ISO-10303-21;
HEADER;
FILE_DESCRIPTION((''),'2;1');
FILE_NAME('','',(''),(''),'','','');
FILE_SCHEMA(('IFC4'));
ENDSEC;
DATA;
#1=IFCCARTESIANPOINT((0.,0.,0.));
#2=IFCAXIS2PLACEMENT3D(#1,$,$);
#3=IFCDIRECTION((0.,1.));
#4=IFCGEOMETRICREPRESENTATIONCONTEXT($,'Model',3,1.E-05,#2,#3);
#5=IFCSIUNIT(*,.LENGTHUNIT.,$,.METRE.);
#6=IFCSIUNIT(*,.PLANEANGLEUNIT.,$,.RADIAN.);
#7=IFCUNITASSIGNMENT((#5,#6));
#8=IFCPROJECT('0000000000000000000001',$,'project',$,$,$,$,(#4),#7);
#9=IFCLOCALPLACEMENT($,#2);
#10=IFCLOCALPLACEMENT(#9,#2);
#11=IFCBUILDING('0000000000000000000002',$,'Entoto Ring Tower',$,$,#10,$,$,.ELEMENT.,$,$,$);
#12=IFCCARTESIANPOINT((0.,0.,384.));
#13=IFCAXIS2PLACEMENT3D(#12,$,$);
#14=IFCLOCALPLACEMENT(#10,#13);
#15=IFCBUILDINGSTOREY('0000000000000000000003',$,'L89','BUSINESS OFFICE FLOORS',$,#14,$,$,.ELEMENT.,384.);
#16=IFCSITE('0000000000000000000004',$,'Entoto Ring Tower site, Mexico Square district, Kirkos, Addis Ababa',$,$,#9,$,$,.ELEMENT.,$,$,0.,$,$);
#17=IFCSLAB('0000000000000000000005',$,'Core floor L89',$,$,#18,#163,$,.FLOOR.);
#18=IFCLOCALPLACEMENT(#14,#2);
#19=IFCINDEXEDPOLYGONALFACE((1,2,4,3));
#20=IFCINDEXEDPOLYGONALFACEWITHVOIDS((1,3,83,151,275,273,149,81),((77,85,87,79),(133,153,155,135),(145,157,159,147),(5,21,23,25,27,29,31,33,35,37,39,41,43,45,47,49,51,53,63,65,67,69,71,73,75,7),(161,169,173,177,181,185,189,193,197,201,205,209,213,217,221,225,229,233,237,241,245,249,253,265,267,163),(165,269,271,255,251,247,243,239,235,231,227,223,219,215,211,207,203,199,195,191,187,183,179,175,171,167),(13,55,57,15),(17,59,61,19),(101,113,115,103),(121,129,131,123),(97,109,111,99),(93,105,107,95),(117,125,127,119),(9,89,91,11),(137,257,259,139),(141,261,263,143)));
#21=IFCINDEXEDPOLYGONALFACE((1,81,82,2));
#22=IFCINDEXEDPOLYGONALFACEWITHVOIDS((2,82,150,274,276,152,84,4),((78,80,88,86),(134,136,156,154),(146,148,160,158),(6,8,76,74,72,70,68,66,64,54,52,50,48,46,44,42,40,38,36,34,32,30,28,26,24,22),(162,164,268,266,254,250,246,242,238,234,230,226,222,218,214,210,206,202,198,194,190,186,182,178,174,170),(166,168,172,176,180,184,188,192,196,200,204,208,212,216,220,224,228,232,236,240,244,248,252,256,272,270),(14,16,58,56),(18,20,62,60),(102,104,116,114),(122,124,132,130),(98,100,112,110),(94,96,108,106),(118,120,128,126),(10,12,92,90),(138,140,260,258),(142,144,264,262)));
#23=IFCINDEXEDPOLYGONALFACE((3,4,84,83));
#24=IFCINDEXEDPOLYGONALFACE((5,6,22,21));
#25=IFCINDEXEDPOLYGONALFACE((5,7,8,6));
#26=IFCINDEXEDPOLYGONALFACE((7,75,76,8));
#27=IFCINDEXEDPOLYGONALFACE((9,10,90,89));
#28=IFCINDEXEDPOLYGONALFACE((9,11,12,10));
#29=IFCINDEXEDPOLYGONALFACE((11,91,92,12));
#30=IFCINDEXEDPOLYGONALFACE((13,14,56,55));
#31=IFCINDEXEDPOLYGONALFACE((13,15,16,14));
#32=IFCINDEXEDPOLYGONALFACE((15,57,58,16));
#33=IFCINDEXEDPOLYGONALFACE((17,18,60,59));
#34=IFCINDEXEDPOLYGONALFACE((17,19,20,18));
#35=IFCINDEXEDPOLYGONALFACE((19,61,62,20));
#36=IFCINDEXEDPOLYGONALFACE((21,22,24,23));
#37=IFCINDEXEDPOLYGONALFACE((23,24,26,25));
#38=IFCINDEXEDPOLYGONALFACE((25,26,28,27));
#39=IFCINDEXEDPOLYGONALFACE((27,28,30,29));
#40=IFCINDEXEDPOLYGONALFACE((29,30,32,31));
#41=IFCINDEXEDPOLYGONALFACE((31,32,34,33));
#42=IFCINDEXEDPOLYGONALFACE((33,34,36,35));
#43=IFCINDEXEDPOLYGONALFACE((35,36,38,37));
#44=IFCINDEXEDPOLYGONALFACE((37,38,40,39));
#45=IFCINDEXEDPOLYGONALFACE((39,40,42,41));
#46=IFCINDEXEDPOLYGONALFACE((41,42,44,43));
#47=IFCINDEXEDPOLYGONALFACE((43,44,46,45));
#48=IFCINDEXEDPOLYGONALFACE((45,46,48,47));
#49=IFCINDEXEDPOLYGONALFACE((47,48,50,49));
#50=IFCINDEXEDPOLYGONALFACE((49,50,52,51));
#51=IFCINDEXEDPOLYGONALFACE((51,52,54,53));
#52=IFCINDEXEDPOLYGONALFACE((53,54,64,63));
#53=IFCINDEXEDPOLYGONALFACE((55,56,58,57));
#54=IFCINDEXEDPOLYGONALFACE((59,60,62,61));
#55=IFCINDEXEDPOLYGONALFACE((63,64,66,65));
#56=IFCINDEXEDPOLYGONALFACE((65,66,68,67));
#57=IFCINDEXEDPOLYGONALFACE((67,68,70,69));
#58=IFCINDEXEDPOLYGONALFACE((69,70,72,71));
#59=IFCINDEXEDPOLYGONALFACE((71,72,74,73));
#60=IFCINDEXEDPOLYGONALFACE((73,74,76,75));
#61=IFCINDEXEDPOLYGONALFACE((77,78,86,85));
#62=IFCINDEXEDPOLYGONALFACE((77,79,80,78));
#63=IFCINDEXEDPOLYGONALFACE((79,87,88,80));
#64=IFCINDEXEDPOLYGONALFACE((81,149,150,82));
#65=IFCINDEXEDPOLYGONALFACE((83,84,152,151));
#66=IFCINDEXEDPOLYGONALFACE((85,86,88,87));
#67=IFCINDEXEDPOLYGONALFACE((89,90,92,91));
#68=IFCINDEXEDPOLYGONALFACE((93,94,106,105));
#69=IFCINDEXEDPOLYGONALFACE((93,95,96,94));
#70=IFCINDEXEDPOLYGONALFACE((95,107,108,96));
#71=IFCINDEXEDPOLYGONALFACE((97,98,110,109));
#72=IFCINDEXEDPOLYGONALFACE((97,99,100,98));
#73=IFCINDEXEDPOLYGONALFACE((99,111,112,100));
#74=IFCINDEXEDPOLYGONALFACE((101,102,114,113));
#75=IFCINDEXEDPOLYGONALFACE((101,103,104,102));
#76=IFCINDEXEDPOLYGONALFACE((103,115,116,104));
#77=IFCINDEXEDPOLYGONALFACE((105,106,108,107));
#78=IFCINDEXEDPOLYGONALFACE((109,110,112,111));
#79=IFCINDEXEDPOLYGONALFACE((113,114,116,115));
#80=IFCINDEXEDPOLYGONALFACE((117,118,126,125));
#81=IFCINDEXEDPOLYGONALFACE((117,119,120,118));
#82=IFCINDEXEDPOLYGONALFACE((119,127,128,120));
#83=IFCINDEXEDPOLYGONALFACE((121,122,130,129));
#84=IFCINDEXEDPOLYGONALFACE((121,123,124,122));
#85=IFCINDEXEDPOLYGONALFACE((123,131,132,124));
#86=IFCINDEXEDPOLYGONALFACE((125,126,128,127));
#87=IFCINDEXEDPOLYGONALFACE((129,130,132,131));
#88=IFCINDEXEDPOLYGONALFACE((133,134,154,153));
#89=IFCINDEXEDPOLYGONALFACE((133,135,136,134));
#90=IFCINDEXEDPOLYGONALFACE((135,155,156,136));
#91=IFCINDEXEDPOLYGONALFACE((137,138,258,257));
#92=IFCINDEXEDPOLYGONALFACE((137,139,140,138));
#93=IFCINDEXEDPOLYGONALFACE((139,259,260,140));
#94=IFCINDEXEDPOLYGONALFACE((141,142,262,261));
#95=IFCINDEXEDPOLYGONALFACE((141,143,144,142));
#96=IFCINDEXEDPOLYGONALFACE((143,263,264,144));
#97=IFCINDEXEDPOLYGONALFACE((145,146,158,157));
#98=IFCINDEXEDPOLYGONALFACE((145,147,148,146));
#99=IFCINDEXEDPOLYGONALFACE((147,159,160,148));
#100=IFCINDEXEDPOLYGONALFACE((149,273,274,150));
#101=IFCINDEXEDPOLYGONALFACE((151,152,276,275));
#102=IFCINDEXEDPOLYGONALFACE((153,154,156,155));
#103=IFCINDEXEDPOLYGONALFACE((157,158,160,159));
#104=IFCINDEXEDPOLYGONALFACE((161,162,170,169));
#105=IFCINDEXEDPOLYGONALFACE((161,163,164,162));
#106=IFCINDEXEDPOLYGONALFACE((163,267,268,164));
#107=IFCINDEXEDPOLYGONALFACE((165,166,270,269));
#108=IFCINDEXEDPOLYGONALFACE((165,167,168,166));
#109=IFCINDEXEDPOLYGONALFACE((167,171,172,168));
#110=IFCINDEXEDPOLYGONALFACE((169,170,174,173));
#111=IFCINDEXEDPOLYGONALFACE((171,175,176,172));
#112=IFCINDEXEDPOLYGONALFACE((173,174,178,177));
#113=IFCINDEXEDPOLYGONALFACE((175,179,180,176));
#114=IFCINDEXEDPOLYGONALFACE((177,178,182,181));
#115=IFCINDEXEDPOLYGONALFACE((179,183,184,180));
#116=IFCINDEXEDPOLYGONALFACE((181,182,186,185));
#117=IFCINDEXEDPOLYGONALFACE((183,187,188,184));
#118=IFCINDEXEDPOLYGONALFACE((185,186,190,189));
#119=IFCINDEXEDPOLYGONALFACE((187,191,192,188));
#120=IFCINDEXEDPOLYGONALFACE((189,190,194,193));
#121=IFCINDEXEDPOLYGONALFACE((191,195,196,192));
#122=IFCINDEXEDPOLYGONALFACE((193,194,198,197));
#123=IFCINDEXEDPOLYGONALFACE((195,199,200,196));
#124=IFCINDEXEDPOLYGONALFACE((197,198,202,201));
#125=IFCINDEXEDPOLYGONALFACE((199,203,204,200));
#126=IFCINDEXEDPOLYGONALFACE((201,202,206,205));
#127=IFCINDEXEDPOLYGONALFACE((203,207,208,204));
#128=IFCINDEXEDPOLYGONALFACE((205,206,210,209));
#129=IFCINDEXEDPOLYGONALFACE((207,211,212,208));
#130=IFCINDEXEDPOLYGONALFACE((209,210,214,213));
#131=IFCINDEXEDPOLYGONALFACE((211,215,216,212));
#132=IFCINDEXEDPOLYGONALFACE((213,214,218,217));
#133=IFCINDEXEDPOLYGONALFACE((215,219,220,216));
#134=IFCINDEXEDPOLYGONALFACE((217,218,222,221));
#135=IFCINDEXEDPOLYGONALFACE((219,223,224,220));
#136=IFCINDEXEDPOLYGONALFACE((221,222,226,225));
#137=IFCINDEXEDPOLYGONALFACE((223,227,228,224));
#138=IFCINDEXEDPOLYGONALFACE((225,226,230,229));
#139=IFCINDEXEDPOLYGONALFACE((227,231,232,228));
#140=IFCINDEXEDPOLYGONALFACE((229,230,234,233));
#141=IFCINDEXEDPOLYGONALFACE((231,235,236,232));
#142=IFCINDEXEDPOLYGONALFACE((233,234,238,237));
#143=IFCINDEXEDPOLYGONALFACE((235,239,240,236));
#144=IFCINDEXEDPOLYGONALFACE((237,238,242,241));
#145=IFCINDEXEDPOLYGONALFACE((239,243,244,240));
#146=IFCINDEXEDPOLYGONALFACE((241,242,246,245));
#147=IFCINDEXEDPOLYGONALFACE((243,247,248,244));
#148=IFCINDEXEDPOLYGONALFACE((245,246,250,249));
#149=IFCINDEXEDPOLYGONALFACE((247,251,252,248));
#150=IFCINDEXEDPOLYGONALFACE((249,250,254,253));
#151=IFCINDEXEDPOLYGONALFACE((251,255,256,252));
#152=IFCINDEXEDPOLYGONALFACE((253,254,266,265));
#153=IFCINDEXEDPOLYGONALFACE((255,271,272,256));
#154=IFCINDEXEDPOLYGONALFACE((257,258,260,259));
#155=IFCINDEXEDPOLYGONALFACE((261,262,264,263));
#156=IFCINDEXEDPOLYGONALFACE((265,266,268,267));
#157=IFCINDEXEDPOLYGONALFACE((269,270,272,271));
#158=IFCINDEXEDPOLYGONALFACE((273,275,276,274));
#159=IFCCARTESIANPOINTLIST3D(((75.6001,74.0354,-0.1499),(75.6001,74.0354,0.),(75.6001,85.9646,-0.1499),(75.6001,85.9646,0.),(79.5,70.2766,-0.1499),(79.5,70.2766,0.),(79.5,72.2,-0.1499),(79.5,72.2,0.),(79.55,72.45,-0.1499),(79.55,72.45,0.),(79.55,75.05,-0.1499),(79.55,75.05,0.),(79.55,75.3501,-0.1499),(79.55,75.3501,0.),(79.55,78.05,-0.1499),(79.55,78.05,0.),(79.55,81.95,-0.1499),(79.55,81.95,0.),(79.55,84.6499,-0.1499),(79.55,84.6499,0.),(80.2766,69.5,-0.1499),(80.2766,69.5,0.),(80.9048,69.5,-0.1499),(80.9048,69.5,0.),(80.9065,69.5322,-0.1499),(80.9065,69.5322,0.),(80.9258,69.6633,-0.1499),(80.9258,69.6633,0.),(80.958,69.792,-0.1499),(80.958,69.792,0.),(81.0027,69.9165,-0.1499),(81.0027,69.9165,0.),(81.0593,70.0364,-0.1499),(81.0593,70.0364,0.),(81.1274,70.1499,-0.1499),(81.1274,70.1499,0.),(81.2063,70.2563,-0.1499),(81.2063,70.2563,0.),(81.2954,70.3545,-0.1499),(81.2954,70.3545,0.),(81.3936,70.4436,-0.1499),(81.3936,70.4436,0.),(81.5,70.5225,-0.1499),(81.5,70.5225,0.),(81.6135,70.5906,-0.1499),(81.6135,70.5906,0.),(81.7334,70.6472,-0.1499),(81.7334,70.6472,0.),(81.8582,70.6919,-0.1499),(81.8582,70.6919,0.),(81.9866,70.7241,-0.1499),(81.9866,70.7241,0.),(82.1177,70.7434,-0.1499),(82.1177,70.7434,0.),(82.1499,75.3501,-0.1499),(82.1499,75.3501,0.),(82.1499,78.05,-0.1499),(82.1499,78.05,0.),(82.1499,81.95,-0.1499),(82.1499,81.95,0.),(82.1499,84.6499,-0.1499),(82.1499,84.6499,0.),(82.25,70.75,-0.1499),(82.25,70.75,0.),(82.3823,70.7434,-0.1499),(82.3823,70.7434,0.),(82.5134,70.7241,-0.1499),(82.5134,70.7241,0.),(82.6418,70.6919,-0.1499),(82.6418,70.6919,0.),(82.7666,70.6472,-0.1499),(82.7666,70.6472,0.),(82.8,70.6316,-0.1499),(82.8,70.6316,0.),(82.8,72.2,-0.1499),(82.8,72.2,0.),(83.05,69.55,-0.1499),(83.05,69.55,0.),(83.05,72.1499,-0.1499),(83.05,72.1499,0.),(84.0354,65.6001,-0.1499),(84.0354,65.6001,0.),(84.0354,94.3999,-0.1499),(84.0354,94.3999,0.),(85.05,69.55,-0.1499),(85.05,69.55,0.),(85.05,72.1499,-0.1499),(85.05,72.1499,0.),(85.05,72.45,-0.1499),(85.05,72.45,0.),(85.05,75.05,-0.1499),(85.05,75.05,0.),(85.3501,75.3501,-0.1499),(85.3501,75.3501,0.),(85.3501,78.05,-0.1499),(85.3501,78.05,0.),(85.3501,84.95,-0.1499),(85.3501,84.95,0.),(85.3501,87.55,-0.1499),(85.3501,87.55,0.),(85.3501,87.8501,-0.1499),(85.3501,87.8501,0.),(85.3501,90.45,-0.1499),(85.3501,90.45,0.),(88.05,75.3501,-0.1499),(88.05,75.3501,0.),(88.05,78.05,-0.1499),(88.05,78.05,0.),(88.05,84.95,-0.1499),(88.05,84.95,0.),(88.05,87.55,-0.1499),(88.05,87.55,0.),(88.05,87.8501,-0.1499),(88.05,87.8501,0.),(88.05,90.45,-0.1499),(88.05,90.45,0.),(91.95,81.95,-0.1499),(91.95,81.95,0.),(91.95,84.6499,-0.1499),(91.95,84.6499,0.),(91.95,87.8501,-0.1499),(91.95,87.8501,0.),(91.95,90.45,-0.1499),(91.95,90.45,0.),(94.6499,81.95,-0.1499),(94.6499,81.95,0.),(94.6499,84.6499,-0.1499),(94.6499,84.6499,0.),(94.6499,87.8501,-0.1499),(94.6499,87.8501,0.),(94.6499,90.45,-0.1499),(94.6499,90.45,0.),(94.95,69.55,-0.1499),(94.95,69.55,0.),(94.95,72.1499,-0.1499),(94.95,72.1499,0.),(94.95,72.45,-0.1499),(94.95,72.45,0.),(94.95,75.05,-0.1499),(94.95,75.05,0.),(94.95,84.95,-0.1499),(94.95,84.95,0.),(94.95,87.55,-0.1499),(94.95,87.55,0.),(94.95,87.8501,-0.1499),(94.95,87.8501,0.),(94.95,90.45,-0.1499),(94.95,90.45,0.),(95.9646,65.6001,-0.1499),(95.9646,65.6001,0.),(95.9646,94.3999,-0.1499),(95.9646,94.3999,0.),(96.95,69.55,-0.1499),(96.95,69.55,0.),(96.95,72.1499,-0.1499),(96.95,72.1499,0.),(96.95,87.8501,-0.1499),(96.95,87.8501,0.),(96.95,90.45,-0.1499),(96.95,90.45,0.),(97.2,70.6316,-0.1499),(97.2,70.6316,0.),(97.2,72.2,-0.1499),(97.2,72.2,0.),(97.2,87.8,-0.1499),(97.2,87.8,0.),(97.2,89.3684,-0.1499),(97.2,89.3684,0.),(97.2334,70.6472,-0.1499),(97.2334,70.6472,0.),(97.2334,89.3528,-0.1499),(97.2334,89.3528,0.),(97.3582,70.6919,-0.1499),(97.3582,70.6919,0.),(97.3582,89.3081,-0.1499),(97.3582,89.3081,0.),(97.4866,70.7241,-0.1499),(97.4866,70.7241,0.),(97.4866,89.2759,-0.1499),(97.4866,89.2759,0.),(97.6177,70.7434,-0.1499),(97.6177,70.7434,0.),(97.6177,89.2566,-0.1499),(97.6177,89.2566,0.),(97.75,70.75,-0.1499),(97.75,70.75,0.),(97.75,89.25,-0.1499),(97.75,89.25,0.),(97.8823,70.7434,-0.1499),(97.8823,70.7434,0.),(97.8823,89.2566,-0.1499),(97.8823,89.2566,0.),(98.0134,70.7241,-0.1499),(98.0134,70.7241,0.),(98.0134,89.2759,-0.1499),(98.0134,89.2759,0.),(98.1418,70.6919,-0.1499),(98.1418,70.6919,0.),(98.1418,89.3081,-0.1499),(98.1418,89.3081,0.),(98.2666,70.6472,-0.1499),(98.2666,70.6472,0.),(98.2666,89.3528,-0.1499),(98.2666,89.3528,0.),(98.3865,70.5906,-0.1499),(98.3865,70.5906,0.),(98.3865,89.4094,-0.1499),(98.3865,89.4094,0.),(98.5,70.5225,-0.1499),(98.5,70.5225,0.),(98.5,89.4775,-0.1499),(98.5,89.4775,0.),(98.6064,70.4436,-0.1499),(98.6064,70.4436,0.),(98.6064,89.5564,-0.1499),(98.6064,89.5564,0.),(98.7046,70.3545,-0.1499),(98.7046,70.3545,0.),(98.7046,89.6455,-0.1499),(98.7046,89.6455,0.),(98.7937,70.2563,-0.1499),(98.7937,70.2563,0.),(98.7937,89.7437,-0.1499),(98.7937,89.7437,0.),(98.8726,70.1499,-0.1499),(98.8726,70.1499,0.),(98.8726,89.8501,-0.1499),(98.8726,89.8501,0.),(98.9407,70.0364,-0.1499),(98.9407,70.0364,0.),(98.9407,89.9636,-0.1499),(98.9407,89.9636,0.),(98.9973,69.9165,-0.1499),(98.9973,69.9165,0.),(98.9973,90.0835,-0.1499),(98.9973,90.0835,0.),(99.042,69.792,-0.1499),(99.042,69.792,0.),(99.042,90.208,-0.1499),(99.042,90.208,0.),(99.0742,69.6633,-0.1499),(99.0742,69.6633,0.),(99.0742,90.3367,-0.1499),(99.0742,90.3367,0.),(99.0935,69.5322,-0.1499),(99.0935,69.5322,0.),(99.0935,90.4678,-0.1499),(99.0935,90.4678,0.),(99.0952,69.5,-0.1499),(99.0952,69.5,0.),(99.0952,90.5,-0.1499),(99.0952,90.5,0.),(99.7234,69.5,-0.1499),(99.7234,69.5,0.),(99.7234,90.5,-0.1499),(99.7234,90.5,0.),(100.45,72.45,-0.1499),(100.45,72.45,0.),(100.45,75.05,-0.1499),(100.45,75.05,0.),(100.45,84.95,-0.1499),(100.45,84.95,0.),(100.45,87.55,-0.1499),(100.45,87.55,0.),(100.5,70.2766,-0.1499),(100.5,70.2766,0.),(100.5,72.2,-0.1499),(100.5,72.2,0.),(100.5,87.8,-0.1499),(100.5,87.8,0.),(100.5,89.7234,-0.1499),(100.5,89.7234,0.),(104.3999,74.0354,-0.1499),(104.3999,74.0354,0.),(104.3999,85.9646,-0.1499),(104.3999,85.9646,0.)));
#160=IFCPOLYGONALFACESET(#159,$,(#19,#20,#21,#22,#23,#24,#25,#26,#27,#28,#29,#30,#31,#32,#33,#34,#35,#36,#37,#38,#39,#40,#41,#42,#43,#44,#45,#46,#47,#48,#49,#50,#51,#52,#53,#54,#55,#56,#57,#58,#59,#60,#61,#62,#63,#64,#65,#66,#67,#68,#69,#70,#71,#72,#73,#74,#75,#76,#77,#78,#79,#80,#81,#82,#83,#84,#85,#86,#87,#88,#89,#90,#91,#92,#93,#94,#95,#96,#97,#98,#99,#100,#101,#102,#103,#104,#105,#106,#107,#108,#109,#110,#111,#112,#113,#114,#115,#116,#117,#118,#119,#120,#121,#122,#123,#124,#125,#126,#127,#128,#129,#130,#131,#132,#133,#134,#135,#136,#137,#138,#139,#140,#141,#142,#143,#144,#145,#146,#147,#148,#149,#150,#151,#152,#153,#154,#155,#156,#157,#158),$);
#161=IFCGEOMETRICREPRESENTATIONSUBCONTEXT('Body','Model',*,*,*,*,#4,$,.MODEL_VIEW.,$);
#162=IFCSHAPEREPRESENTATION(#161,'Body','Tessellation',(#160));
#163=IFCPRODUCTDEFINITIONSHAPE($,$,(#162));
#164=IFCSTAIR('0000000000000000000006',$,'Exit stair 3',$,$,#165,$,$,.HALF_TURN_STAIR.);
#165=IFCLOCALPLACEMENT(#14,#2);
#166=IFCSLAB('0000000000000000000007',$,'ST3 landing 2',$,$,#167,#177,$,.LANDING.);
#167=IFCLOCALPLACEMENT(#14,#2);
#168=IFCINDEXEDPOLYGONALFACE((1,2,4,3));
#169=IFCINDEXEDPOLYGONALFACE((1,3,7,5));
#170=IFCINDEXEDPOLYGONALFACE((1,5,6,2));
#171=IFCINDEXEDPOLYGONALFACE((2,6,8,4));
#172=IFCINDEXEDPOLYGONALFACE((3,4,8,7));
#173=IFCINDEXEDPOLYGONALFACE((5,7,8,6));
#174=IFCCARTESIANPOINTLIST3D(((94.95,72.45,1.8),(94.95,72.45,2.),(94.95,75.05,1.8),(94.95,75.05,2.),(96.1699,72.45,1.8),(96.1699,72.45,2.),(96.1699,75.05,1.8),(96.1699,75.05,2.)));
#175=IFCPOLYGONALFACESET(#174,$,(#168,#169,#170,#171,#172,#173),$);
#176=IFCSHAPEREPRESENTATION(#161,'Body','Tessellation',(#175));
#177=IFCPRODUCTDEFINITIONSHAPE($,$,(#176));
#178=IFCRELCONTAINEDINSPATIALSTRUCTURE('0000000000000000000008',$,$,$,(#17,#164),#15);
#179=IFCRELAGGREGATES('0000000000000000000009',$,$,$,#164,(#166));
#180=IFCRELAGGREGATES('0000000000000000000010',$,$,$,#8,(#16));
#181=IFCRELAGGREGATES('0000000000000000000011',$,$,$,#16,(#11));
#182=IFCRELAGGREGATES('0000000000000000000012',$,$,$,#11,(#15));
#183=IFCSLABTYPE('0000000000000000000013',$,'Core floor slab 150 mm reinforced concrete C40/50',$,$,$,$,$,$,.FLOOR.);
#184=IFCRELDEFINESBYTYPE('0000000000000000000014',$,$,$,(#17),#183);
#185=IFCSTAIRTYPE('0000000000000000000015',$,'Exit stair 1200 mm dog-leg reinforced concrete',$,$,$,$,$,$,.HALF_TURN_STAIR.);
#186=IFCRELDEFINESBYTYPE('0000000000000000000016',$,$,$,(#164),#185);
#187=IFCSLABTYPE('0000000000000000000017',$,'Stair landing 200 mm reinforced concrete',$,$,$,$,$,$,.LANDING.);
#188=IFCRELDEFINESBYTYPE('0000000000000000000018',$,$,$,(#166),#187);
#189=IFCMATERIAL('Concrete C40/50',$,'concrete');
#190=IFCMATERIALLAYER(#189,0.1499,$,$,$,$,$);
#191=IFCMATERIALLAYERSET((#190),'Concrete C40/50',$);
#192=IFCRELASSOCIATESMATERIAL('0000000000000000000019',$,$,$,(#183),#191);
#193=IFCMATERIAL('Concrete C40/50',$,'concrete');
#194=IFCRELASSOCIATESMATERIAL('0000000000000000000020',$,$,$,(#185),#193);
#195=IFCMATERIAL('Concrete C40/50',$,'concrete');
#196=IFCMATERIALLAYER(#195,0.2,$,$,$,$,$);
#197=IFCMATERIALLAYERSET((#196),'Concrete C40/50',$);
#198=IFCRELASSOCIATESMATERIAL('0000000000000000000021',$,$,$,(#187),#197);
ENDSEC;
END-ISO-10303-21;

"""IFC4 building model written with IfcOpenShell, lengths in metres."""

from ifc_helpers import new_model, si_unit, direction, frame, origin, place, context, subcontext, project, spatial, polyline, outline, extrude, material, layer, layer_set, type_object, element, aggregate, save


model = new_model("IFC4")

# Units and contexts
model_context = context("Model", 3, precision=1e-05, world=origin(), true_north=direction((0.0, 1.0)))
body_context = subcontext(model_context, "Body", "Model", "MODEL_VIEW")
ifc_project = project(units=[si_unit("LENGTHUNIT", "METRE"), si_unit("PLANEANGLEUNIT", "RADIAN")], contexts=[model_context])

# Site, building, storey
site_placement = place(None, origin())
site = spatial("IfcSite", under=ifc_project, at=site_placement, Name="Entoto Ring Tower site, Mexico Square district, Kirkos, Addis Ababa", CompositionType="ELEMENT", RefElevation=0.0)
building_placement = place(site_placement, origin())
building = spatial("IfcBuilding", under=site, at=building_placement, Name="Entoto Ring Tower", CompositionType="ELEMENT")
storey_placement = place(building_placement, frame((0.0, 0.0, 384.0)))
storey = spatial("IfcBuildingStorey", under=building, at=storey_placement, Name="L89", Description="BUSINESS OFFICE FLOORS", CompositionType="ELEMENT", Elevation=384.0)

# Slab
ifc_material_1 = material(Name="Concrete C40/50", Category="concrete")
ifc_layer_1 = layer(ifc_material_1, 0.1499)
ifc_layer_set_1 = layer_set([ifc_layer_1], Name="Concrete C40/50")
slab_type_1 = type_object("IfcSlabType", Name="Core floor slab 150 mm reinforced concrete C40/50", PredefinedType="FLOOR", material=ifc_layer_set_1)
slab_1_placement = place(storey_placement, frame((0.0, 0.0, -0.1499)))
element("IfcSlab", 1, at=slab_1_placement, inside=storey, type_object=slab_type_1, Name="Core floor L89", PredefinedType="FLOOR", context=body_context, shape_type="SweptSolid", body=[
    extrude(outline(polyline([(104.3999, 74.0354), (104.3999, 85.9646), (95.9646, 94.3999), (84.0354, 94.3999), (75.6001, 85.9646), (75.6001, 74.0354), (84.0354, 65.6001), (95.9646, 65.6001), (104.3999, 74.0354)]), holes=[polyline([(100.45, 84.95), (100.45, 87.55), (94.95, 87.55), (94.95, 84.95), (100.45, 84.95)]), polyline([(85.05, 72.45), (85.05, 75.05), (79.55, 75.05), (79.55, 72.45), (85.05, 72.45)]), polyline([(100.45, 72.45), (100.45, 75.05), (94.95, 75.05), (94.95, 72.45), (100.45, 72.45)]), polyline([(94.95, 90.45), (94.95, 87.8501), (96.95, 87.8501), (96.95, 90.45), (94.95, 90.45)]), polyline([(94.95, 72.1499), (94.95, 69.55), (96.95, 69.55), (96.95, 72.1499), (94.95, 72.1499)]), polyline([(83.05, 72.1499), (83.05, 69.55), (85.05, 69.55), (85.05, 72.1499), (83.05, 72.1499)]), polyline([(79.55, 81.95), (82.1499, 81.95), (82.1499, 84.6499), (79.55, 84.6499), (79.55, 81.95)]), polyline([(79.55, 75.3501), (82.1499, 75.3501), (82.1499, 78.05), (79.55, 78.05), (79.55, 75.3501)]), polyline([(91.95, 87.8501), (94.6499, 87.8501), (94.6499, 90.45), (91.95, 90.45), (91.95, 87.8501)]), polyline([(91.95, 81.95), (94.6499, 81.95), (94.6499, 84.6499), (91.95, 84.6499), (91.95, 81.95)]), polyline([(85.3501, 75.3501), (88.05, 75.3501), (88.05, 78.05), (85.3501, 78.05), (85.3501, 75.3501)]), polyline([(85.3501, 84.95), (88.05, 84.95), (88.05, 87.55), (85.3501, 87.55), (85.3501, 84.95)]), polyline([(85.3501, 87.8501), (88.05, 87.8501), (88.05, 90.45), (85.3501, 90.45), (85.3501, 87.8501)]), polyline([(97.2, 89.3684), (97.2, 87.8), (100.5, 87.8), (100.5, 89.7234), (99.7234, 90.5), (99.0952, 90.5), (99.0935, 90.4678), (99.0742, 90.3367), (99.042, 90.208), (98.9973, 90.0835), (98.9407, 89.9636), (98.8726, 89.8501), (98.7937, 89.7437), (98.7046, 89.6455), (98.6064, 89.5564), (98.5, 89.4775), (98.3865, 89.4094), (98.2666, 89.3528), (98.1418, 89.3081), (98.0134, 89.2759), (97.8823, 89.2566), (97.75, 89.25), (97.6177, 89.2566), (97.4866, 89.2759), (97.3582, 89.3081), (97.2334, 89.3528), (97.2, 89.3684)]), polyline([(80.2766, 69.5), (80.9048, 69.5), (80.9065, 69.5322), (80.9258, 69.6633), (80.958, 69.792), (81.0027, 69.9165), (81.0593, 70.0364), (81.1274, 70.1499), (81.2063, 70.2563), (81.2954, 70.3545), (81.3936, 70.4436), (81.5, 70.5225), (81.6135, 70.5906), (81.7334, 70.6472), (81.8582, 70.6919), (81.9866, 70.7241), (82.1177, 70.7434), (82.25, 70.75), (82.3823, 70.7434), (82.5134, 70.7241), (82.6418, 70.6919), (82.7666, 70.6472), (82.8, 70.6316), (82.8, 72.2), (79.5, 72.2), (79.5, 70.2766), (80.2766, 69.5)]), polyline([(99.0952, 69.5), (99.7234, 69.5), (100.5, 70.2766), (100.5, 72.2), (97.2, 72.2), (97.2, 70.6316), (97.2334, 70.6472), (97.3582, 70.6919), (97.4866, 70.7241), (97.6177, 70.7434), (97.75, 70.75), (97.8823, 70.7434), (98.0134, 70.7241), (98.1418, 70.6919), (98.2666, 70.6472), (98.3865, 70.5906), (98.5, 70.5225), (98.6064, 70.4436), (98.7046, 70.3545), (98.7937, 70.2563), (98.8726, 70.1499), (98.9407, 70.0364), (98.9973, 69.9165), (99.042, 69.792), (99.0742, 69.6633), (99.0935, 69.5322), (99.0952, 69.5)])]), origin(), (0.0, 0.0, 1.0), 0.1499),
])

# Stair, slab
ifc_material_2 = material(Name="Concrete C40/50", Category="concrete")
stair_type = type_object("IfcStairType", Name="Exit stair 1200 mm dog-leg reinforced concrete", PredefinedType="HALF_TURN_STAIR", material=ifc_material_2)
stair_placement = place(storey_placement, origin())
stair = element("IfcStair", 2, at=stair_placement, inside=storey, type_object=stair_type, Name="Exit stair 3", PredefinedType="HALF_TURN_STAIR")
ifc_material_3 = material(Name="Concrete C40/50", Category="concrete")
ifc_layer_2 = layer(ifc_material_3, 0.2)
ifc_layer_set_2 = layer_set([ifc_layer_2], Name="Concrete C40/50")
slab_type_2 = type_object("IfcSlabType", Name="Stair landing 200 mm reinforced concrete", PredefinedType="LANDING", material=ifc_layer_set_2)
slab_2_placement = place(storey_placement, frame((0.0, 0.0, 1.8)))
slab_2 = element("IfcSlab", 3, at=slab_2_placement, type_object=slab_type_2, Name="ST3 landing 2", PredefinedType="LANDING", context=body_context, shape_type="SweptSolid", body=[
    extrude(outline(polyline([(94.95, 72.45), (96.1699, 72.45), (96.1699, 75.05), (94.95, 75.05), (94.95, 72.45)])), origin(), (0.0, 0.0, 1.0), 0.2),
])
aggregate(stair, [slab_2])

save(model, "model.ifc")
